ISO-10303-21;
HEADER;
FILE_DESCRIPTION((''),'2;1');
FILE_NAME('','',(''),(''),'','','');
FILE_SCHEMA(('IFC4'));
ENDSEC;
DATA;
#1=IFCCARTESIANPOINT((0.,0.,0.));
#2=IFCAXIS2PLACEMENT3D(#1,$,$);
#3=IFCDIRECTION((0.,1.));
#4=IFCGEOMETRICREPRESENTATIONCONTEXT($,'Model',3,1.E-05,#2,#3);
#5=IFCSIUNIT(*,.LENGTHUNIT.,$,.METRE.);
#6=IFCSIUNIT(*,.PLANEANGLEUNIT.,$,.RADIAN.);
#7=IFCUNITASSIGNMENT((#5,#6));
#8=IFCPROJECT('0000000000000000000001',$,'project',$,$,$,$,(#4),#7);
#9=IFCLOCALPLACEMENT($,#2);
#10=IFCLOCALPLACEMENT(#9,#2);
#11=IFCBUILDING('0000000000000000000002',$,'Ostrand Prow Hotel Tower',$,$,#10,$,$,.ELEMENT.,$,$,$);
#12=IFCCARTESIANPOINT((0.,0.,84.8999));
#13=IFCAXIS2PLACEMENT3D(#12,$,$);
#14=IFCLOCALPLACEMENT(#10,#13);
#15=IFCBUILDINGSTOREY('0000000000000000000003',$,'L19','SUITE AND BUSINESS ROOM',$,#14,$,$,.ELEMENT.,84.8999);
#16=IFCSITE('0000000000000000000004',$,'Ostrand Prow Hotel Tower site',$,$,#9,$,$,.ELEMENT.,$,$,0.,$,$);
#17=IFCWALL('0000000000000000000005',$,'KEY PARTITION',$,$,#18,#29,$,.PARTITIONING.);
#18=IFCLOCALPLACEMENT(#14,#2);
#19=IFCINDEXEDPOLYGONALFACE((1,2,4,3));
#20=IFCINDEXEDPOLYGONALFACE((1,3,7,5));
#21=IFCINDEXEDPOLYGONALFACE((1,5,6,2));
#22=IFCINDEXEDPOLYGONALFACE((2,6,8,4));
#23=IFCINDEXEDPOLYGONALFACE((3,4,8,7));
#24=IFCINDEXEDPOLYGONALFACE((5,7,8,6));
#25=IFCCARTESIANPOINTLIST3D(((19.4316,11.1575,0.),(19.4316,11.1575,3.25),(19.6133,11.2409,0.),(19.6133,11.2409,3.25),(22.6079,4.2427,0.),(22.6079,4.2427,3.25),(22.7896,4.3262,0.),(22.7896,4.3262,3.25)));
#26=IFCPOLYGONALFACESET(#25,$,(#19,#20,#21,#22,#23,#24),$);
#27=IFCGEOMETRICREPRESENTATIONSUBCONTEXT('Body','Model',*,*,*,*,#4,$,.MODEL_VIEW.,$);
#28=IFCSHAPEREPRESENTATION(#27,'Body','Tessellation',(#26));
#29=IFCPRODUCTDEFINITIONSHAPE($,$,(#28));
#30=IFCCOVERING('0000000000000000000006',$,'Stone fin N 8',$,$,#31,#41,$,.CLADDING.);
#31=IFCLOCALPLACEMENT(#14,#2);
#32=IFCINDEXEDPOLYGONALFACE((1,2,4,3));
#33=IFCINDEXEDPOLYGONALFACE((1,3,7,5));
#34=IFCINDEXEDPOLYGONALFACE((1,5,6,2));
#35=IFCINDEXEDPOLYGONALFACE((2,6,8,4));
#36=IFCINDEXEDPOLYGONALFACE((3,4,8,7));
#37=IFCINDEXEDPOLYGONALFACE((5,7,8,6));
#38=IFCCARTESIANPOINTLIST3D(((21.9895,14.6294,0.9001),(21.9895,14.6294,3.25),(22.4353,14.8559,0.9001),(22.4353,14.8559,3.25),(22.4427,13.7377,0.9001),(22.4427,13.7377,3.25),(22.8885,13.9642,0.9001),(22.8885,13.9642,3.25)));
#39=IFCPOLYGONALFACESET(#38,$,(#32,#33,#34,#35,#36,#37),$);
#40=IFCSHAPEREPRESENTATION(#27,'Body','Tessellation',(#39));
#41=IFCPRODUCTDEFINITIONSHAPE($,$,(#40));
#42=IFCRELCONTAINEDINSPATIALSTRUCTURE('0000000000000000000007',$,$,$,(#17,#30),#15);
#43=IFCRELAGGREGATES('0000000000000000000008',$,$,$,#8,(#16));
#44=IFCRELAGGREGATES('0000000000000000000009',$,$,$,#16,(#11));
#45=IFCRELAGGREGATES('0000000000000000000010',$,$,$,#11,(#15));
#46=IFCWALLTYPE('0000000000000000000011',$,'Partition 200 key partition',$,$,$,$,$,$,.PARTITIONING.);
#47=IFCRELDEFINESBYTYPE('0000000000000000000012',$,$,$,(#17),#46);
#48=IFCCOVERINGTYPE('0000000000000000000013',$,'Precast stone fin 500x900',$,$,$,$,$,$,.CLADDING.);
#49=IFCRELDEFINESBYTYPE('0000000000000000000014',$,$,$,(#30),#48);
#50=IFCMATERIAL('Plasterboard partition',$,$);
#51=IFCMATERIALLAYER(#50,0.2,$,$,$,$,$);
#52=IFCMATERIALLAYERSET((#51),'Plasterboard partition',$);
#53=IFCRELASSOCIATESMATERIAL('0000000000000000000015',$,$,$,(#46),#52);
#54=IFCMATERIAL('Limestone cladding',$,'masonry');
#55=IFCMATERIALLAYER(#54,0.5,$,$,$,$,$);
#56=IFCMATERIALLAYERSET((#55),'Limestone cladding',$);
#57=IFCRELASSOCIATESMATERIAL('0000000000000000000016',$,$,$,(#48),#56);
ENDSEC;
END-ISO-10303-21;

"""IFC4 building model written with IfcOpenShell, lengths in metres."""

from ifc_helpers import new_model, si_unit, direction, frame, frame_2d, origin, place, context, subcontext, project, spatial, rectangle, extrude, material, layer, layer_set, type_object, element, save


model = new_model("IFC4")

# Units and contexts
model_context = context("Model", 3, precision=1e-05, world=origin(), true_north=direction((0.0, 1.0)))
body_context = subcontext(model_context, "Body", "Model", "MODEL_VIEW")
ifc_project = project(units=[si_unit("LENGTHUNIT", "METRE"), si_unit("PLANEANGLEUNIT", "RADIAN")], contexts=[model_context])

# Site, building, storey
site_placement = place(None, origin())
site = spatial("IfcSite", under=ifc_project, at=site_placement, Name="Ostrand Prow Hotel Tower site", CompositionType="ELEMENT", RefElevation=0.0)
building_placement = place(site_placement, origin())
building = spatial("IfcBuilding", under=site, at=building_placement, Name="Ostrand Prow Hotel Tower", CompositionType="ELEMENT")
storey_placement = place(building_placement, frame((0.0, 0.0, 84.8999)))
storey = spatial("IfcBuildingStorey", under=building, at=storey_placement, Name="L19", Description="SUITE AND BUSINESS ROOM", CompositionType="ELEMENT", Elevation=84.8999)

# Wall
ifc_material_1 = material(Name="Plasterboard partition")
ifc_layer_1 = layer(ifc_material_1, 0.2)
ifc_layer_set_1 = layer_set([ifc_layer_1], Name="Plasterboard partition")
wall_type_1 = type_object("IfcWallType", Name="Partition 200 key partition", PredefinedType="PARTITIONING", material=ifc_layer_set_1)
wall_1_placement = place(storey_placement, frame((22.6987, 4.2844, 0.0), z_axis=(0.0, 0.0, 1.0), x_axis=(-0.417414, 0.908717, 0.0)))
element("IfcWall", 1, at=wall_1_placement, inside=storey, type_object=wall_type_1, Name="KEY PARTITION", PredefinedType="PARTITIONING", context=body_context, shape_type="SweptSolid", body=[
    extrude(rectangle(XDim=7.6094, YDim=0.2, at=frame_2d((3.8047, 0.0))), origin(), (0.0, 0.0, 1.0), 3.25),
])

# Covering
ifc_material_2 = material(Name="Limestone cladding", Category="masonry")
ifc_layer_2 = layer(ifc_material_2, 0.5)
ifc_layer_set_2 = layer_set([ifc_layer_2], Name="Limestone cladding")
covering_type = type_object("IfcCoveringType", Name="Precast stone fin 500x900", PredefinedType="CLADDING", material=ifc_layer_set_2)
covering_placement = place(storey_placement, frame((22.6655, 13.8511, 0.9001), z_axis=(0.0, 0.0, 1.0), x_axis=(-0.453063, 0.891479, 0.0)))
element("IfcCovering", 2, at=covering_placement, inside=storey, type_object=covering_type, Name="Stone fin N 8", PredefinedType="CLADDING", context=body_context, shape_type="SweptSolid", body=[
    extrude(rectangle(XDim=1.0002, YDim=0.5, at=frame_2d((0.5, 0.0))), origin(), (0.0, 0.0, 1.0), 2.3499),
])

save(model, "model.ifc")
